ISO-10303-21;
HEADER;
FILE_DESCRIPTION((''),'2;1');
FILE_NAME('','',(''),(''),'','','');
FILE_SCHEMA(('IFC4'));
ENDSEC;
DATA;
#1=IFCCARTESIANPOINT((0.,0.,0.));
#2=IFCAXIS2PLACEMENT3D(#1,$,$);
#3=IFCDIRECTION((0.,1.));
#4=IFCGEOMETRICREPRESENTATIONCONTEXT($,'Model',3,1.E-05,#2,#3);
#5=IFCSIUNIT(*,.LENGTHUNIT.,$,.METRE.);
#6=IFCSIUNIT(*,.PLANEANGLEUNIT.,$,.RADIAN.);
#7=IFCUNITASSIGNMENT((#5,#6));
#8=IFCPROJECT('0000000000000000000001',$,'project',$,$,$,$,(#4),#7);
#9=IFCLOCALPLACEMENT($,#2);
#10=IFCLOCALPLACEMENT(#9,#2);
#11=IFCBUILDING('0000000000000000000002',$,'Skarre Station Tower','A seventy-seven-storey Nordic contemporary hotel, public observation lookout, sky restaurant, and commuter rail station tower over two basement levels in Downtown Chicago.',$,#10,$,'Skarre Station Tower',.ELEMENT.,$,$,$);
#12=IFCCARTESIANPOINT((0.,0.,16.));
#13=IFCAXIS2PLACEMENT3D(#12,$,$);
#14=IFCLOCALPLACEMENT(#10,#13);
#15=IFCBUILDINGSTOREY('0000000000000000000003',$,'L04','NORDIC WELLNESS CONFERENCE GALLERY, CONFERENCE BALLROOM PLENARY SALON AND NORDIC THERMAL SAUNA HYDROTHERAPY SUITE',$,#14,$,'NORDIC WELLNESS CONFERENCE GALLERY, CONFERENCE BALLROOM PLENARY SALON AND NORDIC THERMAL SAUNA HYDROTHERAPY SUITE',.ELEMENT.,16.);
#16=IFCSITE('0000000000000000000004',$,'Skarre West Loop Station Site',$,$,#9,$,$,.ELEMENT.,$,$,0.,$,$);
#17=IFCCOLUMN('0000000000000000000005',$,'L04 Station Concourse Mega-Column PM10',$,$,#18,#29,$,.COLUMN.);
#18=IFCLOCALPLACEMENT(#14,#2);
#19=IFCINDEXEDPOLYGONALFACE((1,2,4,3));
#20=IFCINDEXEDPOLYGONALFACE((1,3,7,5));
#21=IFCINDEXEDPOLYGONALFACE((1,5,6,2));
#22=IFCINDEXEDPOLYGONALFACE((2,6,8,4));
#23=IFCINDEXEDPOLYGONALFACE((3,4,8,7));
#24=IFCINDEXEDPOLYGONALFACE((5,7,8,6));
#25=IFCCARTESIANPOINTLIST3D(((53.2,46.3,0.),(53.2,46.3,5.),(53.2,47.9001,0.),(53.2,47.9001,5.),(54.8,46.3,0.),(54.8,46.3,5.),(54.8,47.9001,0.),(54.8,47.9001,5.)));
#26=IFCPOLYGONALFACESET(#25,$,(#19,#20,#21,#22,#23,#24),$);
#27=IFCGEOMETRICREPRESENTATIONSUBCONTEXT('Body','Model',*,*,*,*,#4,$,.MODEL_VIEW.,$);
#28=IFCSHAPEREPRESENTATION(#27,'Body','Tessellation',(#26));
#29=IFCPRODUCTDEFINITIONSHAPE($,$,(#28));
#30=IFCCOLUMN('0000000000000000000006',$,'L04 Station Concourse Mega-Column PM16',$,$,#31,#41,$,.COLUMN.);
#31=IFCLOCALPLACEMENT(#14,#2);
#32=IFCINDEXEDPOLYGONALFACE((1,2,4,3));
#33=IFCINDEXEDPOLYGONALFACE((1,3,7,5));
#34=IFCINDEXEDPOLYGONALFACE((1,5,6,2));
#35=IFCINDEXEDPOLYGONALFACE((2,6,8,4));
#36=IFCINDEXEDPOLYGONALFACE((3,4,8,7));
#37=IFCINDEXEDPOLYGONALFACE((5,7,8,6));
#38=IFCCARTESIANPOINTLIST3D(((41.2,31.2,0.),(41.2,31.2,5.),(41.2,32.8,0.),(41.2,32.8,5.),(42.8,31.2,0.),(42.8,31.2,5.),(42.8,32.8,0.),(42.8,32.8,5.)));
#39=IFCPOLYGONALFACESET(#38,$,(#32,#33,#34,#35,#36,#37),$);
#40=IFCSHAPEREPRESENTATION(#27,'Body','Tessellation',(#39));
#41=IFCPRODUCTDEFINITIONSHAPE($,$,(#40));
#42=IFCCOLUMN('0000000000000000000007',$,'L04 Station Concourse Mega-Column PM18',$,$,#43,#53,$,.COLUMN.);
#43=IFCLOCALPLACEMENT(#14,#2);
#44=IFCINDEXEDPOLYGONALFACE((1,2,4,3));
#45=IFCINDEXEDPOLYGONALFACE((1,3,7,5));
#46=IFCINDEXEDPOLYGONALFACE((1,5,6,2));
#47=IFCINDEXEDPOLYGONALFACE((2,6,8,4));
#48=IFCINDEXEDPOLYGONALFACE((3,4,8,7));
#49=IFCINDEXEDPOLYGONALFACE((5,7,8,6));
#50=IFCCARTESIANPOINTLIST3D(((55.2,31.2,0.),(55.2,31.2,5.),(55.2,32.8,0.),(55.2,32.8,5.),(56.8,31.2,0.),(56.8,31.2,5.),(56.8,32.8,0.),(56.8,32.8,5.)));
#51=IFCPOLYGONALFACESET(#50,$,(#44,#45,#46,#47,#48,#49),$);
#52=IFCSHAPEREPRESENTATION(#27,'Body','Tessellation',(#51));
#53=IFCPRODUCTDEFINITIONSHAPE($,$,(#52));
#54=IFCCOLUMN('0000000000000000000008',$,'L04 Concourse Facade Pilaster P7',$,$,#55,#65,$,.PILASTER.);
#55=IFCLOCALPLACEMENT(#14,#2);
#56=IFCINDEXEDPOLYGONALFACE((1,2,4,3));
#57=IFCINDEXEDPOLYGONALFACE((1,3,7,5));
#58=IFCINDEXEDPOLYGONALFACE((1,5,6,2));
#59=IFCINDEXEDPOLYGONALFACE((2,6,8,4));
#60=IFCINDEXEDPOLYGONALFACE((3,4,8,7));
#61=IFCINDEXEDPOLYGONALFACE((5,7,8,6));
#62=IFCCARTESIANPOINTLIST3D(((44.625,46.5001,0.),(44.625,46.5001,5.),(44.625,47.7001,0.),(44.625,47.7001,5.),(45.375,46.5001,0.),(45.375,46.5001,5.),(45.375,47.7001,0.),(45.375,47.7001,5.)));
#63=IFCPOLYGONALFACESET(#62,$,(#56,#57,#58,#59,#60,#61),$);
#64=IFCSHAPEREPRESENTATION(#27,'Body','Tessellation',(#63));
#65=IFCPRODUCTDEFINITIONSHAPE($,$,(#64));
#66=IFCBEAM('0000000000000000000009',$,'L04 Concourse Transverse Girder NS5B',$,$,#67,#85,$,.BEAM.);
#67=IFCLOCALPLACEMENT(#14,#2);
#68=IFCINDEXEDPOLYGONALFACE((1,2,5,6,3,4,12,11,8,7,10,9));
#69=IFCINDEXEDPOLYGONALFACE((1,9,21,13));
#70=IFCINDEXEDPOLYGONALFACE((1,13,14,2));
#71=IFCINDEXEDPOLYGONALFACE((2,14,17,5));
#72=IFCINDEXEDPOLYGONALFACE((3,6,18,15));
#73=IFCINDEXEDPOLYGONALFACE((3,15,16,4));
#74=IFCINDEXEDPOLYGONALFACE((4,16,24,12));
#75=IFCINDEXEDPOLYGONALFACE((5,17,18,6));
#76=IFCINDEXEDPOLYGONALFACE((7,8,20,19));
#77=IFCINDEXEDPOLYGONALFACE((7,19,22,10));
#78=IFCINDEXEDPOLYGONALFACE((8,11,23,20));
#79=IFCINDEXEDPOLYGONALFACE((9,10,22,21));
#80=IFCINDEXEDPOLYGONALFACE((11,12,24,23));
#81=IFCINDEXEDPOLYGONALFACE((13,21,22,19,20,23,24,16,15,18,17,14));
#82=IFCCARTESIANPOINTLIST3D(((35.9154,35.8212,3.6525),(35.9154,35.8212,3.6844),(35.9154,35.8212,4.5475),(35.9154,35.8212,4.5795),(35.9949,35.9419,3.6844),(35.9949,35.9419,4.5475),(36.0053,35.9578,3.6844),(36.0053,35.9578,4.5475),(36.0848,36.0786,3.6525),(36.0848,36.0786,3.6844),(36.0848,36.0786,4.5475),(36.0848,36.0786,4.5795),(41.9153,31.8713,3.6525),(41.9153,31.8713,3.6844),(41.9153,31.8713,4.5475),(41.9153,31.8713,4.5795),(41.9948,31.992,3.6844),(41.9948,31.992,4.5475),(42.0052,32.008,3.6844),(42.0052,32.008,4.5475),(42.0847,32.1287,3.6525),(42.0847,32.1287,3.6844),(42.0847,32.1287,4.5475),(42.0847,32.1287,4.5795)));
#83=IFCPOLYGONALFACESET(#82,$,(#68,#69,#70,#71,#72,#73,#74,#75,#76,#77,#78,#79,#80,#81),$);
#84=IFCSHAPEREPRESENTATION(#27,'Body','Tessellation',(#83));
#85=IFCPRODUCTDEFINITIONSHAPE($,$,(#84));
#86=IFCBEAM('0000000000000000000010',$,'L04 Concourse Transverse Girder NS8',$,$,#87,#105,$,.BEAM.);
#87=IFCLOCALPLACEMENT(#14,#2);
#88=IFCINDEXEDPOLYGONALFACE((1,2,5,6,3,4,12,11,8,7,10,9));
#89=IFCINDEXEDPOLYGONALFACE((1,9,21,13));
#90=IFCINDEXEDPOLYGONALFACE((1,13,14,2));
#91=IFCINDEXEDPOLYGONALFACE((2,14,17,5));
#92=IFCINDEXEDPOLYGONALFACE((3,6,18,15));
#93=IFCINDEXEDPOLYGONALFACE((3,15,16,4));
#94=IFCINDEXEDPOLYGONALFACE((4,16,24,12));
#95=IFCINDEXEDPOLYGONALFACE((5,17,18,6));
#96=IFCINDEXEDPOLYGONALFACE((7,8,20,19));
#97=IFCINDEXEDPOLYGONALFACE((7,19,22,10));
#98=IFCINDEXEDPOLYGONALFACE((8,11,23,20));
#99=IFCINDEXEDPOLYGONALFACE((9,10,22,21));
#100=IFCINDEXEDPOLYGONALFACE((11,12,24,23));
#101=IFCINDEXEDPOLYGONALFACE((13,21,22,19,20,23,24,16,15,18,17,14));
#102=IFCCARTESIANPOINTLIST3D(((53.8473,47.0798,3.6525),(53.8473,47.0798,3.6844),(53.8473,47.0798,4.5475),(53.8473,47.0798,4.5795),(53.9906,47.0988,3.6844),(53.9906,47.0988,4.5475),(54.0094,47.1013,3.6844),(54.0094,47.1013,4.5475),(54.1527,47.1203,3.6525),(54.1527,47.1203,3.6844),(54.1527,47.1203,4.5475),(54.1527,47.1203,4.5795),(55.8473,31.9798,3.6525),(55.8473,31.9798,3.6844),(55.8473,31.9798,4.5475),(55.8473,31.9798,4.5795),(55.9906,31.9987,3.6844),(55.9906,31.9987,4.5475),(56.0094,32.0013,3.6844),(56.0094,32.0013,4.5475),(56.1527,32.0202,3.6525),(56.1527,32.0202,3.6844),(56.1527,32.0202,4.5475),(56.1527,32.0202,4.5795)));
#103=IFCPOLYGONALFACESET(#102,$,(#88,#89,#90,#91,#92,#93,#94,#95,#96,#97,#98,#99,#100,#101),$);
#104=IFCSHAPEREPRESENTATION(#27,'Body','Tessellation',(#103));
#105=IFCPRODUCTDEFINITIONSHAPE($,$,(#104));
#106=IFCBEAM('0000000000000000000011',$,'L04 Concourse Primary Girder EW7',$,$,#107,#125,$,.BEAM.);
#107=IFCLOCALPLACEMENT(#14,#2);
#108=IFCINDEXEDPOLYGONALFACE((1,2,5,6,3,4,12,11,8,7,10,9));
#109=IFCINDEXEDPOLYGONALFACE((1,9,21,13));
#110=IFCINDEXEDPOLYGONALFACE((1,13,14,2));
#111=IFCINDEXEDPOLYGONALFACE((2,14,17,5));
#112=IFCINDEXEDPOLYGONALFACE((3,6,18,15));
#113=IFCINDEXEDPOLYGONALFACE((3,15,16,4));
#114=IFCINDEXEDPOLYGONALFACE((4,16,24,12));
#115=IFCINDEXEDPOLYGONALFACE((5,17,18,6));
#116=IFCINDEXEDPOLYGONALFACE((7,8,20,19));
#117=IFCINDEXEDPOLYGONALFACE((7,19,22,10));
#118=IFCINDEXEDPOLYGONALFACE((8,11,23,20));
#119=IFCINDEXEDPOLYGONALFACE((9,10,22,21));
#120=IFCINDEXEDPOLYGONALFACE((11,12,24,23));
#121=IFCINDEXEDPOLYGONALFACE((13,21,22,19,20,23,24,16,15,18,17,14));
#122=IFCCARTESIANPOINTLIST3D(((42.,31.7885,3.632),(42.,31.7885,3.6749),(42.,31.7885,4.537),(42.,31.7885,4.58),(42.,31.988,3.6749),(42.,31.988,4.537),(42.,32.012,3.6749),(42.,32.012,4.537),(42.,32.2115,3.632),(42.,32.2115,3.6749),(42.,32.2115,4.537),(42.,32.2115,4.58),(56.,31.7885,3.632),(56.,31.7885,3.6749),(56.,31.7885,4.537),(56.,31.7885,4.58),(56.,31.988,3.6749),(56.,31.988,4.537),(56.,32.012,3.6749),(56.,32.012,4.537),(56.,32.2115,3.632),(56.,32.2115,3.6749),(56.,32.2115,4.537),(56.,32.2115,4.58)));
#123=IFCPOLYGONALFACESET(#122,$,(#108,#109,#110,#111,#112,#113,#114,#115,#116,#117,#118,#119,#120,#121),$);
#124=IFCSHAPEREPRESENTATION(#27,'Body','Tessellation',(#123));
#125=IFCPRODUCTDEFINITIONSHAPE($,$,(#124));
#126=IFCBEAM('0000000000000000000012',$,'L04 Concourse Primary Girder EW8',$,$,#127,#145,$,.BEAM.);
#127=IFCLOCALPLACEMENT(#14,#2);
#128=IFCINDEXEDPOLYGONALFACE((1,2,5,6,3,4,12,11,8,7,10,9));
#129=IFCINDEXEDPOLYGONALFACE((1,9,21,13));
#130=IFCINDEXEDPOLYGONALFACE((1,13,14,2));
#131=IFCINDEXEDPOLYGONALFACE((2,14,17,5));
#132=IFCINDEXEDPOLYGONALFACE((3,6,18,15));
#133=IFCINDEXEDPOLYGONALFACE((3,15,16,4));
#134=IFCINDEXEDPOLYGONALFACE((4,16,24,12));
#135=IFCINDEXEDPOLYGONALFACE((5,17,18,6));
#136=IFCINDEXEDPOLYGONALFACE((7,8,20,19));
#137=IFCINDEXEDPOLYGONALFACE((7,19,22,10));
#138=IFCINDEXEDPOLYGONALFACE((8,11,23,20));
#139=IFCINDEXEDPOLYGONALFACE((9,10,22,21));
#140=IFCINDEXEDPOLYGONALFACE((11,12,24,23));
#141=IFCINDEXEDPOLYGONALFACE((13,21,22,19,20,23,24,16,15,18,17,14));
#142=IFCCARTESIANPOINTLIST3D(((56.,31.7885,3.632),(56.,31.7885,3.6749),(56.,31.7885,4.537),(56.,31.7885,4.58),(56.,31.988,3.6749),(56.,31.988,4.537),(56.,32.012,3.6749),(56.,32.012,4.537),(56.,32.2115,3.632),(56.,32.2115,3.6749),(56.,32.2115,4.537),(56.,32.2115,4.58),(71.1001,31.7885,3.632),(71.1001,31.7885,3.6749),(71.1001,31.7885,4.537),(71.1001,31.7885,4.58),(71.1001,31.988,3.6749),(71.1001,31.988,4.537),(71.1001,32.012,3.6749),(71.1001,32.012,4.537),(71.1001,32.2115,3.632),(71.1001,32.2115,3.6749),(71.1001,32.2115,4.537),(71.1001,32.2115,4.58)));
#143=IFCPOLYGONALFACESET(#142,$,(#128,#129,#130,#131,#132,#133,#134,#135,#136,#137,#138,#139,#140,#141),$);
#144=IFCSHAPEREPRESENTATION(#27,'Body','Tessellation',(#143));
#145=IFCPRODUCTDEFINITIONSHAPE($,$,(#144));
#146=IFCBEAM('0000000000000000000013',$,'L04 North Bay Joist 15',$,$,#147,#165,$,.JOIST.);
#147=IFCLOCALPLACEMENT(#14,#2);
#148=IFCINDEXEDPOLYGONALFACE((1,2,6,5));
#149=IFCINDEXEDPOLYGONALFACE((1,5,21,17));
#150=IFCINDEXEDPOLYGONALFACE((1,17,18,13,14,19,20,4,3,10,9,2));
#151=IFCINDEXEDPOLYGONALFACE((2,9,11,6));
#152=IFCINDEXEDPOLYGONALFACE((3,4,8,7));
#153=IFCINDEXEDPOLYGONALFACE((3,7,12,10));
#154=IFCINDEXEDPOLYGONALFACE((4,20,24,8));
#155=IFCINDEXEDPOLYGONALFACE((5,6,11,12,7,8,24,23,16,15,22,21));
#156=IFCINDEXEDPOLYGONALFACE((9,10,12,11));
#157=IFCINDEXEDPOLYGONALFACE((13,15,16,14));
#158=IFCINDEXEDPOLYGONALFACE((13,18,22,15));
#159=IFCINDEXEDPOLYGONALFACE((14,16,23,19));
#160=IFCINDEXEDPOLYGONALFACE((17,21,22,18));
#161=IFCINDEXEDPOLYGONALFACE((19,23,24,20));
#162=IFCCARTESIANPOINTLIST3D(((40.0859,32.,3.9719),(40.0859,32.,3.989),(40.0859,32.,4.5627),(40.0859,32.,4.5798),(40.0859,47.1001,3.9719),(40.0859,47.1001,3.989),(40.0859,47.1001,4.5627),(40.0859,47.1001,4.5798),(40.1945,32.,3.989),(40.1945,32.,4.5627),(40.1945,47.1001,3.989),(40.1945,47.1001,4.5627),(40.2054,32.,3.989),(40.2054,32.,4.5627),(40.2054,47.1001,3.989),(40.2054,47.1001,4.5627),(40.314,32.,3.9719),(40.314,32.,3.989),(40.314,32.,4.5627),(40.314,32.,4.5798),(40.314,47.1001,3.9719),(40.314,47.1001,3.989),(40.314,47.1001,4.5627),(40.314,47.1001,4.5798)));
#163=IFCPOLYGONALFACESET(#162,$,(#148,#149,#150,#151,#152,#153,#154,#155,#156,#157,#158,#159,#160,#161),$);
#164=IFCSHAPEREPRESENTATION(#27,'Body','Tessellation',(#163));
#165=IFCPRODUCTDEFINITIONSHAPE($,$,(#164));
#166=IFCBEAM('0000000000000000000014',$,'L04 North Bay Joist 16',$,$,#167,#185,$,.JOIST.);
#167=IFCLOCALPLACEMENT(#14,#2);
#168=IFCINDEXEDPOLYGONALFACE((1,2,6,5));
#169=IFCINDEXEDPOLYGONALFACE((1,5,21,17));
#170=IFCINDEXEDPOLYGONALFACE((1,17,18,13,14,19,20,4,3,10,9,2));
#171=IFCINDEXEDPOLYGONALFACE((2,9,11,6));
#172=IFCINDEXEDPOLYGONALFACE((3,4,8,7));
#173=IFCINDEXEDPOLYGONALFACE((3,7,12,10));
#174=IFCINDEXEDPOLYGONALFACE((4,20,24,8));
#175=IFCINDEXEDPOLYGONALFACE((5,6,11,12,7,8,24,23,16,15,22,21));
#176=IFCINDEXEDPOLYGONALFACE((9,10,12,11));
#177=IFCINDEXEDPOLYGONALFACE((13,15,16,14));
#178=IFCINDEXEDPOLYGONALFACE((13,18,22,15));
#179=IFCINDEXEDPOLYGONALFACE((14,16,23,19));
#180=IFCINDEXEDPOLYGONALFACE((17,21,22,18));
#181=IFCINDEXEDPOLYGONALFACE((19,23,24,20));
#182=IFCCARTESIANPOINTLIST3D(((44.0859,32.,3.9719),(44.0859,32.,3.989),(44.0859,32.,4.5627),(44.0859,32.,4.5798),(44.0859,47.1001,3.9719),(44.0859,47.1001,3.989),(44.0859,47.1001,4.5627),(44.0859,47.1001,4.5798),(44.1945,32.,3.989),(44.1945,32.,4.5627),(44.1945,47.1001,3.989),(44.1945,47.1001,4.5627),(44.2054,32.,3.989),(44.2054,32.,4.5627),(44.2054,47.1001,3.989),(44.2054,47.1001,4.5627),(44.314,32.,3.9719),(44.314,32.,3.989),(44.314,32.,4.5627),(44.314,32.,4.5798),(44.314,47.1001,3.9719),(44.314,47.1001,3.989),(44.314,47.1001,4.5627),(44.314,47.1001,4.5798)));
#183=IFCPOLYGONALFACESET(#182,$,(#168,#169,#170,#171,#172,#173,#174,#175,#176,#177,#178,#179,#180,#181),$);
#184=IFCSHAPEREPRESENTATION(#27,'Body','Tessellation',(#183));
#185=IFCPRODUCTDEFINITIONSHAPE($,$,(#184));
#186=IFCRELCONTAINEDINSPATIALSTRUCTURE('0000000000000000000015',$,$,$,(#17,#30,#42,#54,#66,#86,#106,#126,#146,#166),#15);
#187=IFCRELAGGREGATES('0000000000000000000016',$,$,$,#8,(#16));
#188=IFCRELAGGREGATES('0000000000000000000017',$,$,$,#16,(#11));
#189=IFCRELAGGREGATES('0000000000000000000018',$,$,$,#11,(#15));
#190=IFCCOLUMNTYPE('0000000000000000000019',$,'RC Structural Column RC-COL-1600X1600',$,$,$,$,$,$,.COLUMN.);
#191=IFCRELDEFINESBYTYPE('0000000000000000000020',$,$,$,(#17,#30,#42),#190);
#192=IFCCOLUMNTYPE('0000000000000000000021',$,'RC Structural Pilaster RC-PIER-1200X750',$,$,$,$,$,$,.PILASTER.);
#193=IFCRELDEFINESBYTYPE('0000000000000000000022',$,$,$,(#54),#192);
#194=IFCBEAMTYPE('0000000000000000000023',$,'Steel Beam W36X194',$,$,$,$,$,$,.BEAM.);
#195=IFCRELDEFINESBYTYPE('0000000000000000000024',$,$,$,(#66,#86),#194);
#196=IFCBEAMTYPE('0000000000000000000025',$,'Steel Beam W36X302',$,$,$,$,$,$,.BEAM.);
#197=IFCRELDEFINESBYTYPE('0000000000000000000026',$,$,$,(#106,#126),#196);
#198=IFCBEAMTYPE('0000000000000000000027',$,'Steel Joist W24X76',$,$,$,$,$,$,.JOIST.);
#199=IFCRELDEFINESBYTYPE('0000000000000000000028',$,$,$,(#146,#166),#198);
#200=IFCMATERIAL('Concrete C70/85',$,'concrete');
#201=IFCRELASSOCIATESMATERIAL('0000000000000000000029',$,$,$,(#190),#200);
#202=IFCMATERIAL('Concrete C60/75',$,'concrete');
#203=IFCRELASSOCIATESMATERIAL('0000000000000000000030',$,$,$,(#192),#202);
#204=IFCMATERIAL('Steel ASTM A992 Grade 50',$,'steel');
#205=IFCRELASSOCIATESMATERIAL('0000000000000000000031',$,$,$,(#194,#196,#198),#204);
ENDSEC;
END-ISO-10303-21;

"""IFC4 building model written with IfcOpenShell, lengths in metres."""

from ifc_helpers import new_model, si_unit, direction, frame, origin, origin_2d, place, context, subcontext, project, spatial, rectangle, i_section, extrude, material, material_profile, profile_set, type_object, element, save


model = new_model("IFC4")

# Units and contexts
model_context = context("Model", 3, precision=1e-05, world=origin(), true_north=direction((0.0, 1.0)))
body_context = subcontext(model_context, "Body", "Model", "MODEL_VIEW")
ifc_project = project(units=[si_unit("LENGTHUNIT", "METRE"), si_unit("PLANEANGLEUNIT", "RADIAN")], contexts=[model_context])

# Site, building, storey
site_placement = place(None, origin())
site = spatial("IfcSite", under=ifc_project, at=site_placement, Name="Skarre West Loop Station Site", CompositionType="ELEMENT", RefElevation=0.0)
building_placement = place(site_placement, origin())
building = spatial("IfcBuilding", under=site, at=building_placement, Name="Skarre Station Tower", Description="A seventy-seven-storey Nordic contemporary hotel, public observation lookout, sky restaurant, and commuter rail station tower over two basement levels in Downtown Chicago.", LongName="Skarre Station Tower", CompositionType="ELEMENT")
storey_placement = place(building_placement, frame((0.0, 0.0, 16.0)))
storey = spatial("IfcBuildingStorey", under=building, at=storey_placement, Name="L04", Description="NORDIC WELLNESS CONFERENCE GALLERY, CONFERENCE BALLROOM PLENARY SALON AND NORDIC THERMAL SAUNA HYDROTHERAPY SUITE", LongName="NORDIC WELLNESS CONFERENCE GALLERY, CONFERENCE BALLROOM PLENARY SALON AND NORDIC THERMAL SAUNA HYDROTHERAPY SUITE", CompositionType="ELEMENT", Elevation=16.0)

# Columns
ifc_material_1 = material(Name="Concrete C70/85", Category="concrete")
ifc_material_profile_1 = material_profile(ifc_material_1, rectangle(XDim=1.6001, YDim=1.6001, at=origin_2d()), Name="Concrete C70/85")
ifc_profile_set_1 = profile_set([ifc_material_profile_1], Name="Concrete C70/85")
column_type_1 = type_object("IfcColumnType", Name="RC Structural Column RC-COL-1600X1600", PredefinedType="COLUMN", material=ifc_profile_set_1)
for number, where, z_axis, x_axis, name in (
    (1, (54.0, 47.1001, 0.0), (0.0, 0.0, 1.0), (1.0, 0.0, 0.0), "L04 Station Concourse Mega-Column PM10"),
    (2, (42.0, 32.0, 0.0), (0.0, 0.0, 1.0), (1.0, 0.0, 0.0), "L04 Station Concourse Mega-Column PM16"),
    (3, (56.0, 32.0, 0.0), (0.0, 0.0, 1.0), (1.0, 0.0, 0.0), "L04 Station Concourse Mega-Column PM18"),
):
    element("IfcColumn", number, at=place(storey_placement, frame(where, z_axis=z_axis, x_axis=x_axis)), inside=storey, type_object=column_type_1, Name=name, PredefinedType="COLUMN", context=body_context, shape_type="SweptSolid", body=[
        extrude(rectangle(XDim=1.6001, YDim=1.6001, at=origin_2d()), origin(), (0.0, 0.0, 1.0), 5.0),
    ])
ifc_material_2 = material(Name="Concrete C60/75", Category="concrete")
ifc_material_profile_2 = material_profile(ifc_material_2, rectangle(XDim=0.75, YDim=1.2, at=origin_2d()), Name="Concrete C60/75")
ifc_profile_set_2 = profile_set([ifc_material_profile_2], Name="Concrete C60/75")
column_type_2 = type_object("IfcColumnType", Name="RC Structural Pilaster RC-PIER-1200X750", PredefinedType="PILASTER", material=ifc_profile_set_2)
column_placement = place(storey_placement, frame((45.0, 47.1001, 0.0), z_axis=(0.0, 0.0, 1.0), x_axis=(1.0, 0.0, 0.0)))
element("IfcColumn", 4, at=column_placement, inside=storey, type_object=column_type_2, Name="L04 Concourse Facade Pilaster P7", PredefinedType="PILASTER", context=body_context, shape_type="SweptSolid", body=[
    extrude(rectangle(XDim=0.75, YDim=1.2, at=origin_2d()), origin(), (0.0, 0.0, 1.0), 5.0),
])

# Beams
ifc_material_3 = material(Name="Steel ASTM A992 Grade 50", Category="steel")
ifc_material_profile_3 = material_profile(ifc_material_3, i_section(OverallWidth=0.3081, OverallDepth=0.927, WebThickness=0.019, FlangeThickness=0.032, at=origin_2d()), Name="Steel ASTM A992 Grade 50")
ifc_profile_set_3 = profile_set([ifc_material_profile_3], Name="Steel ASTM A992 Grade 50")
beam_type_1 = type_object("IfcBeamType", Name="Steel Beam W36X194", PredefinedType="BEAM", material=ifc_profile_set_3)
beam_1_placement = place(storey_placement, frame((42.0, 32.0, 4.116), z_axis=(-0.835252, 0.549867, 0.0), x_axis=(-0.549867, -0.835252, 0.0)))
element("IfcBeam", 5, at=beam_1_placement, inside=storey, type_object=beam_type_1, Name="L04 Concourse Transverse Girder NS5B", PredefinedType="BEAM", context=body_context, shape_type="SweptSolid", body=[
    extrude(i_section(OverallWidth=0.3081, OverallDepth=0.927, WebThickness=0.019, FlangeThickness=0.032, at=origin_2d()), origin(), (0.0, 0.0, 1.0), 7.1833),
])
beam_2_placement = place(storey_placement, frame((56.0, 32.0, 4.116), z_axis=(-0.131303, 0.991342, 0.0), x_axis=(-0.991342, -0.131303, 0.0)))
element("IfcBeam", 6, at=beam_2_placement, inside=storey, type_object=beam_type_1, Name="L04 Concourse Transverse Girder NS8", PredefinedType="BEAM", context=body_context, shape_type="SweptSolid", body=[
    extrude(i_section(OverallWidth=0.3081, OverallDepth=0.927, WebThickness=0.019, FlangeThickness=0.032, at=origin_2d()), origin(), (0.0, 0.0, 1.0), 15.2319),
])
ifc_material_profile_4 = material_profile(ifc_material_3, i_section(OverallWidth=0.4231, OverallDepth=0.948, WebThickness=0.0239, FlangeThickness=0.043, at=origin_2d()), Name="Steel ASTM A992 Grade 50")
ifc_profile_set_4 = profile_set([ifc_material_profile_4], Name="Steel ASTM A992 Grade 50")
beam_type_2 = type_object("IfcBeamType", Name="Steel Beam W36X302", PredefinedType="BEAM", material=ifc_profile_set_4)
beam_3_placement = place(storey_placement, frame((42.0, 32.0, 4.106), z_axis=(1.0, 0.0, 0.0), x_axis=(0.0, 1.0, 0.0)))
element("IfcBeam", 7, at=beam_3_placement, inside=storey, type_object=beam_type_2, Name="L04 Concourse Primary Girder EW7", PredefinedType="BEAM", context=body_context, shape_type="SweptSolid", body=[
    extrude(i_section(OverallWidth=0.4231, OverallDepth=0.948, WebThickness=0.0239, FlangeThickness=0.043, at=origin_2d()), origin(), (0.0, 0.0, 1.0), 14.0),
])
beam_4_placement = place(storey_placement, frame((56.0, 32.0, 4.106), z_axis=(1.0, 0.0, 0.0), x_axis=(0.0, 1.0, 0.0)))
element("IfcBeam", 8, at=beam_4_placement, inside=storey, type_object=beam_type_2, Name="L04 Concourse Primary Girder EW8", PredefinedType="BEAM", context=body_context, shape_type="SweptSolid", body=[
    extrude(i_section(OverallWidth=0.4231, OverallDepth=0.948, WebThickness=0.0239, FlangeThickness=0.043, at=origin_2d()), origin(), (0.0, 0.0, 1.0), 15.1001),
])
ifc_material_profile_5 = material_profile(ifc_material_3, i_section(OverallWidth=0.228, OverallDepth=0.6079, WebThickness=0.011, FlangeThickness=0.0171, at=origin_2d()), Name="Steel ASTM A992 Grade 50")
ifc_profile_set_5 = profile_set([ifc_material_profile_5], Name="Steel ASTM A992 Grade 50")
beam_type_3 = type_object("IfcBeamType", Name="Steel Joist W24X76", PredefinedType="JOIST", material=ifc_profile_set_5)
for number, where, z_axis, x_axis, name in (
    (9, (40.2, 32.0, 4.2759), (0.0, 1.0, 0.0), (-1.0, 0.0, 0.0), "L04 North Bay Joist 15"),
    (10, (44.2, 32.0, 4.2759), (0.0, 1.0, 0.0), (-1.0, 0.0, 0.0), "L04 North Bay Joist 16"),
):
    element("IfcBeam", number, at=place(storey_placement, frame(where, z_axis=z_axis, x_axis=x_axis)), inside=storey, type_object=beam_type_3, Name=name, PredefinedType="JOIST", context=body_context, shape_type="SweptSolid", body=[
        extrude(i_section(OverallWidth=0.228, OverallDepth=0.6079, WebThickness=0.011, FlangeThickness=0.0171, at=origin_2d()), origin(), (0.0, 0.0, 1.0), 15.1001),
    ])

save(model, "model.ifc")
